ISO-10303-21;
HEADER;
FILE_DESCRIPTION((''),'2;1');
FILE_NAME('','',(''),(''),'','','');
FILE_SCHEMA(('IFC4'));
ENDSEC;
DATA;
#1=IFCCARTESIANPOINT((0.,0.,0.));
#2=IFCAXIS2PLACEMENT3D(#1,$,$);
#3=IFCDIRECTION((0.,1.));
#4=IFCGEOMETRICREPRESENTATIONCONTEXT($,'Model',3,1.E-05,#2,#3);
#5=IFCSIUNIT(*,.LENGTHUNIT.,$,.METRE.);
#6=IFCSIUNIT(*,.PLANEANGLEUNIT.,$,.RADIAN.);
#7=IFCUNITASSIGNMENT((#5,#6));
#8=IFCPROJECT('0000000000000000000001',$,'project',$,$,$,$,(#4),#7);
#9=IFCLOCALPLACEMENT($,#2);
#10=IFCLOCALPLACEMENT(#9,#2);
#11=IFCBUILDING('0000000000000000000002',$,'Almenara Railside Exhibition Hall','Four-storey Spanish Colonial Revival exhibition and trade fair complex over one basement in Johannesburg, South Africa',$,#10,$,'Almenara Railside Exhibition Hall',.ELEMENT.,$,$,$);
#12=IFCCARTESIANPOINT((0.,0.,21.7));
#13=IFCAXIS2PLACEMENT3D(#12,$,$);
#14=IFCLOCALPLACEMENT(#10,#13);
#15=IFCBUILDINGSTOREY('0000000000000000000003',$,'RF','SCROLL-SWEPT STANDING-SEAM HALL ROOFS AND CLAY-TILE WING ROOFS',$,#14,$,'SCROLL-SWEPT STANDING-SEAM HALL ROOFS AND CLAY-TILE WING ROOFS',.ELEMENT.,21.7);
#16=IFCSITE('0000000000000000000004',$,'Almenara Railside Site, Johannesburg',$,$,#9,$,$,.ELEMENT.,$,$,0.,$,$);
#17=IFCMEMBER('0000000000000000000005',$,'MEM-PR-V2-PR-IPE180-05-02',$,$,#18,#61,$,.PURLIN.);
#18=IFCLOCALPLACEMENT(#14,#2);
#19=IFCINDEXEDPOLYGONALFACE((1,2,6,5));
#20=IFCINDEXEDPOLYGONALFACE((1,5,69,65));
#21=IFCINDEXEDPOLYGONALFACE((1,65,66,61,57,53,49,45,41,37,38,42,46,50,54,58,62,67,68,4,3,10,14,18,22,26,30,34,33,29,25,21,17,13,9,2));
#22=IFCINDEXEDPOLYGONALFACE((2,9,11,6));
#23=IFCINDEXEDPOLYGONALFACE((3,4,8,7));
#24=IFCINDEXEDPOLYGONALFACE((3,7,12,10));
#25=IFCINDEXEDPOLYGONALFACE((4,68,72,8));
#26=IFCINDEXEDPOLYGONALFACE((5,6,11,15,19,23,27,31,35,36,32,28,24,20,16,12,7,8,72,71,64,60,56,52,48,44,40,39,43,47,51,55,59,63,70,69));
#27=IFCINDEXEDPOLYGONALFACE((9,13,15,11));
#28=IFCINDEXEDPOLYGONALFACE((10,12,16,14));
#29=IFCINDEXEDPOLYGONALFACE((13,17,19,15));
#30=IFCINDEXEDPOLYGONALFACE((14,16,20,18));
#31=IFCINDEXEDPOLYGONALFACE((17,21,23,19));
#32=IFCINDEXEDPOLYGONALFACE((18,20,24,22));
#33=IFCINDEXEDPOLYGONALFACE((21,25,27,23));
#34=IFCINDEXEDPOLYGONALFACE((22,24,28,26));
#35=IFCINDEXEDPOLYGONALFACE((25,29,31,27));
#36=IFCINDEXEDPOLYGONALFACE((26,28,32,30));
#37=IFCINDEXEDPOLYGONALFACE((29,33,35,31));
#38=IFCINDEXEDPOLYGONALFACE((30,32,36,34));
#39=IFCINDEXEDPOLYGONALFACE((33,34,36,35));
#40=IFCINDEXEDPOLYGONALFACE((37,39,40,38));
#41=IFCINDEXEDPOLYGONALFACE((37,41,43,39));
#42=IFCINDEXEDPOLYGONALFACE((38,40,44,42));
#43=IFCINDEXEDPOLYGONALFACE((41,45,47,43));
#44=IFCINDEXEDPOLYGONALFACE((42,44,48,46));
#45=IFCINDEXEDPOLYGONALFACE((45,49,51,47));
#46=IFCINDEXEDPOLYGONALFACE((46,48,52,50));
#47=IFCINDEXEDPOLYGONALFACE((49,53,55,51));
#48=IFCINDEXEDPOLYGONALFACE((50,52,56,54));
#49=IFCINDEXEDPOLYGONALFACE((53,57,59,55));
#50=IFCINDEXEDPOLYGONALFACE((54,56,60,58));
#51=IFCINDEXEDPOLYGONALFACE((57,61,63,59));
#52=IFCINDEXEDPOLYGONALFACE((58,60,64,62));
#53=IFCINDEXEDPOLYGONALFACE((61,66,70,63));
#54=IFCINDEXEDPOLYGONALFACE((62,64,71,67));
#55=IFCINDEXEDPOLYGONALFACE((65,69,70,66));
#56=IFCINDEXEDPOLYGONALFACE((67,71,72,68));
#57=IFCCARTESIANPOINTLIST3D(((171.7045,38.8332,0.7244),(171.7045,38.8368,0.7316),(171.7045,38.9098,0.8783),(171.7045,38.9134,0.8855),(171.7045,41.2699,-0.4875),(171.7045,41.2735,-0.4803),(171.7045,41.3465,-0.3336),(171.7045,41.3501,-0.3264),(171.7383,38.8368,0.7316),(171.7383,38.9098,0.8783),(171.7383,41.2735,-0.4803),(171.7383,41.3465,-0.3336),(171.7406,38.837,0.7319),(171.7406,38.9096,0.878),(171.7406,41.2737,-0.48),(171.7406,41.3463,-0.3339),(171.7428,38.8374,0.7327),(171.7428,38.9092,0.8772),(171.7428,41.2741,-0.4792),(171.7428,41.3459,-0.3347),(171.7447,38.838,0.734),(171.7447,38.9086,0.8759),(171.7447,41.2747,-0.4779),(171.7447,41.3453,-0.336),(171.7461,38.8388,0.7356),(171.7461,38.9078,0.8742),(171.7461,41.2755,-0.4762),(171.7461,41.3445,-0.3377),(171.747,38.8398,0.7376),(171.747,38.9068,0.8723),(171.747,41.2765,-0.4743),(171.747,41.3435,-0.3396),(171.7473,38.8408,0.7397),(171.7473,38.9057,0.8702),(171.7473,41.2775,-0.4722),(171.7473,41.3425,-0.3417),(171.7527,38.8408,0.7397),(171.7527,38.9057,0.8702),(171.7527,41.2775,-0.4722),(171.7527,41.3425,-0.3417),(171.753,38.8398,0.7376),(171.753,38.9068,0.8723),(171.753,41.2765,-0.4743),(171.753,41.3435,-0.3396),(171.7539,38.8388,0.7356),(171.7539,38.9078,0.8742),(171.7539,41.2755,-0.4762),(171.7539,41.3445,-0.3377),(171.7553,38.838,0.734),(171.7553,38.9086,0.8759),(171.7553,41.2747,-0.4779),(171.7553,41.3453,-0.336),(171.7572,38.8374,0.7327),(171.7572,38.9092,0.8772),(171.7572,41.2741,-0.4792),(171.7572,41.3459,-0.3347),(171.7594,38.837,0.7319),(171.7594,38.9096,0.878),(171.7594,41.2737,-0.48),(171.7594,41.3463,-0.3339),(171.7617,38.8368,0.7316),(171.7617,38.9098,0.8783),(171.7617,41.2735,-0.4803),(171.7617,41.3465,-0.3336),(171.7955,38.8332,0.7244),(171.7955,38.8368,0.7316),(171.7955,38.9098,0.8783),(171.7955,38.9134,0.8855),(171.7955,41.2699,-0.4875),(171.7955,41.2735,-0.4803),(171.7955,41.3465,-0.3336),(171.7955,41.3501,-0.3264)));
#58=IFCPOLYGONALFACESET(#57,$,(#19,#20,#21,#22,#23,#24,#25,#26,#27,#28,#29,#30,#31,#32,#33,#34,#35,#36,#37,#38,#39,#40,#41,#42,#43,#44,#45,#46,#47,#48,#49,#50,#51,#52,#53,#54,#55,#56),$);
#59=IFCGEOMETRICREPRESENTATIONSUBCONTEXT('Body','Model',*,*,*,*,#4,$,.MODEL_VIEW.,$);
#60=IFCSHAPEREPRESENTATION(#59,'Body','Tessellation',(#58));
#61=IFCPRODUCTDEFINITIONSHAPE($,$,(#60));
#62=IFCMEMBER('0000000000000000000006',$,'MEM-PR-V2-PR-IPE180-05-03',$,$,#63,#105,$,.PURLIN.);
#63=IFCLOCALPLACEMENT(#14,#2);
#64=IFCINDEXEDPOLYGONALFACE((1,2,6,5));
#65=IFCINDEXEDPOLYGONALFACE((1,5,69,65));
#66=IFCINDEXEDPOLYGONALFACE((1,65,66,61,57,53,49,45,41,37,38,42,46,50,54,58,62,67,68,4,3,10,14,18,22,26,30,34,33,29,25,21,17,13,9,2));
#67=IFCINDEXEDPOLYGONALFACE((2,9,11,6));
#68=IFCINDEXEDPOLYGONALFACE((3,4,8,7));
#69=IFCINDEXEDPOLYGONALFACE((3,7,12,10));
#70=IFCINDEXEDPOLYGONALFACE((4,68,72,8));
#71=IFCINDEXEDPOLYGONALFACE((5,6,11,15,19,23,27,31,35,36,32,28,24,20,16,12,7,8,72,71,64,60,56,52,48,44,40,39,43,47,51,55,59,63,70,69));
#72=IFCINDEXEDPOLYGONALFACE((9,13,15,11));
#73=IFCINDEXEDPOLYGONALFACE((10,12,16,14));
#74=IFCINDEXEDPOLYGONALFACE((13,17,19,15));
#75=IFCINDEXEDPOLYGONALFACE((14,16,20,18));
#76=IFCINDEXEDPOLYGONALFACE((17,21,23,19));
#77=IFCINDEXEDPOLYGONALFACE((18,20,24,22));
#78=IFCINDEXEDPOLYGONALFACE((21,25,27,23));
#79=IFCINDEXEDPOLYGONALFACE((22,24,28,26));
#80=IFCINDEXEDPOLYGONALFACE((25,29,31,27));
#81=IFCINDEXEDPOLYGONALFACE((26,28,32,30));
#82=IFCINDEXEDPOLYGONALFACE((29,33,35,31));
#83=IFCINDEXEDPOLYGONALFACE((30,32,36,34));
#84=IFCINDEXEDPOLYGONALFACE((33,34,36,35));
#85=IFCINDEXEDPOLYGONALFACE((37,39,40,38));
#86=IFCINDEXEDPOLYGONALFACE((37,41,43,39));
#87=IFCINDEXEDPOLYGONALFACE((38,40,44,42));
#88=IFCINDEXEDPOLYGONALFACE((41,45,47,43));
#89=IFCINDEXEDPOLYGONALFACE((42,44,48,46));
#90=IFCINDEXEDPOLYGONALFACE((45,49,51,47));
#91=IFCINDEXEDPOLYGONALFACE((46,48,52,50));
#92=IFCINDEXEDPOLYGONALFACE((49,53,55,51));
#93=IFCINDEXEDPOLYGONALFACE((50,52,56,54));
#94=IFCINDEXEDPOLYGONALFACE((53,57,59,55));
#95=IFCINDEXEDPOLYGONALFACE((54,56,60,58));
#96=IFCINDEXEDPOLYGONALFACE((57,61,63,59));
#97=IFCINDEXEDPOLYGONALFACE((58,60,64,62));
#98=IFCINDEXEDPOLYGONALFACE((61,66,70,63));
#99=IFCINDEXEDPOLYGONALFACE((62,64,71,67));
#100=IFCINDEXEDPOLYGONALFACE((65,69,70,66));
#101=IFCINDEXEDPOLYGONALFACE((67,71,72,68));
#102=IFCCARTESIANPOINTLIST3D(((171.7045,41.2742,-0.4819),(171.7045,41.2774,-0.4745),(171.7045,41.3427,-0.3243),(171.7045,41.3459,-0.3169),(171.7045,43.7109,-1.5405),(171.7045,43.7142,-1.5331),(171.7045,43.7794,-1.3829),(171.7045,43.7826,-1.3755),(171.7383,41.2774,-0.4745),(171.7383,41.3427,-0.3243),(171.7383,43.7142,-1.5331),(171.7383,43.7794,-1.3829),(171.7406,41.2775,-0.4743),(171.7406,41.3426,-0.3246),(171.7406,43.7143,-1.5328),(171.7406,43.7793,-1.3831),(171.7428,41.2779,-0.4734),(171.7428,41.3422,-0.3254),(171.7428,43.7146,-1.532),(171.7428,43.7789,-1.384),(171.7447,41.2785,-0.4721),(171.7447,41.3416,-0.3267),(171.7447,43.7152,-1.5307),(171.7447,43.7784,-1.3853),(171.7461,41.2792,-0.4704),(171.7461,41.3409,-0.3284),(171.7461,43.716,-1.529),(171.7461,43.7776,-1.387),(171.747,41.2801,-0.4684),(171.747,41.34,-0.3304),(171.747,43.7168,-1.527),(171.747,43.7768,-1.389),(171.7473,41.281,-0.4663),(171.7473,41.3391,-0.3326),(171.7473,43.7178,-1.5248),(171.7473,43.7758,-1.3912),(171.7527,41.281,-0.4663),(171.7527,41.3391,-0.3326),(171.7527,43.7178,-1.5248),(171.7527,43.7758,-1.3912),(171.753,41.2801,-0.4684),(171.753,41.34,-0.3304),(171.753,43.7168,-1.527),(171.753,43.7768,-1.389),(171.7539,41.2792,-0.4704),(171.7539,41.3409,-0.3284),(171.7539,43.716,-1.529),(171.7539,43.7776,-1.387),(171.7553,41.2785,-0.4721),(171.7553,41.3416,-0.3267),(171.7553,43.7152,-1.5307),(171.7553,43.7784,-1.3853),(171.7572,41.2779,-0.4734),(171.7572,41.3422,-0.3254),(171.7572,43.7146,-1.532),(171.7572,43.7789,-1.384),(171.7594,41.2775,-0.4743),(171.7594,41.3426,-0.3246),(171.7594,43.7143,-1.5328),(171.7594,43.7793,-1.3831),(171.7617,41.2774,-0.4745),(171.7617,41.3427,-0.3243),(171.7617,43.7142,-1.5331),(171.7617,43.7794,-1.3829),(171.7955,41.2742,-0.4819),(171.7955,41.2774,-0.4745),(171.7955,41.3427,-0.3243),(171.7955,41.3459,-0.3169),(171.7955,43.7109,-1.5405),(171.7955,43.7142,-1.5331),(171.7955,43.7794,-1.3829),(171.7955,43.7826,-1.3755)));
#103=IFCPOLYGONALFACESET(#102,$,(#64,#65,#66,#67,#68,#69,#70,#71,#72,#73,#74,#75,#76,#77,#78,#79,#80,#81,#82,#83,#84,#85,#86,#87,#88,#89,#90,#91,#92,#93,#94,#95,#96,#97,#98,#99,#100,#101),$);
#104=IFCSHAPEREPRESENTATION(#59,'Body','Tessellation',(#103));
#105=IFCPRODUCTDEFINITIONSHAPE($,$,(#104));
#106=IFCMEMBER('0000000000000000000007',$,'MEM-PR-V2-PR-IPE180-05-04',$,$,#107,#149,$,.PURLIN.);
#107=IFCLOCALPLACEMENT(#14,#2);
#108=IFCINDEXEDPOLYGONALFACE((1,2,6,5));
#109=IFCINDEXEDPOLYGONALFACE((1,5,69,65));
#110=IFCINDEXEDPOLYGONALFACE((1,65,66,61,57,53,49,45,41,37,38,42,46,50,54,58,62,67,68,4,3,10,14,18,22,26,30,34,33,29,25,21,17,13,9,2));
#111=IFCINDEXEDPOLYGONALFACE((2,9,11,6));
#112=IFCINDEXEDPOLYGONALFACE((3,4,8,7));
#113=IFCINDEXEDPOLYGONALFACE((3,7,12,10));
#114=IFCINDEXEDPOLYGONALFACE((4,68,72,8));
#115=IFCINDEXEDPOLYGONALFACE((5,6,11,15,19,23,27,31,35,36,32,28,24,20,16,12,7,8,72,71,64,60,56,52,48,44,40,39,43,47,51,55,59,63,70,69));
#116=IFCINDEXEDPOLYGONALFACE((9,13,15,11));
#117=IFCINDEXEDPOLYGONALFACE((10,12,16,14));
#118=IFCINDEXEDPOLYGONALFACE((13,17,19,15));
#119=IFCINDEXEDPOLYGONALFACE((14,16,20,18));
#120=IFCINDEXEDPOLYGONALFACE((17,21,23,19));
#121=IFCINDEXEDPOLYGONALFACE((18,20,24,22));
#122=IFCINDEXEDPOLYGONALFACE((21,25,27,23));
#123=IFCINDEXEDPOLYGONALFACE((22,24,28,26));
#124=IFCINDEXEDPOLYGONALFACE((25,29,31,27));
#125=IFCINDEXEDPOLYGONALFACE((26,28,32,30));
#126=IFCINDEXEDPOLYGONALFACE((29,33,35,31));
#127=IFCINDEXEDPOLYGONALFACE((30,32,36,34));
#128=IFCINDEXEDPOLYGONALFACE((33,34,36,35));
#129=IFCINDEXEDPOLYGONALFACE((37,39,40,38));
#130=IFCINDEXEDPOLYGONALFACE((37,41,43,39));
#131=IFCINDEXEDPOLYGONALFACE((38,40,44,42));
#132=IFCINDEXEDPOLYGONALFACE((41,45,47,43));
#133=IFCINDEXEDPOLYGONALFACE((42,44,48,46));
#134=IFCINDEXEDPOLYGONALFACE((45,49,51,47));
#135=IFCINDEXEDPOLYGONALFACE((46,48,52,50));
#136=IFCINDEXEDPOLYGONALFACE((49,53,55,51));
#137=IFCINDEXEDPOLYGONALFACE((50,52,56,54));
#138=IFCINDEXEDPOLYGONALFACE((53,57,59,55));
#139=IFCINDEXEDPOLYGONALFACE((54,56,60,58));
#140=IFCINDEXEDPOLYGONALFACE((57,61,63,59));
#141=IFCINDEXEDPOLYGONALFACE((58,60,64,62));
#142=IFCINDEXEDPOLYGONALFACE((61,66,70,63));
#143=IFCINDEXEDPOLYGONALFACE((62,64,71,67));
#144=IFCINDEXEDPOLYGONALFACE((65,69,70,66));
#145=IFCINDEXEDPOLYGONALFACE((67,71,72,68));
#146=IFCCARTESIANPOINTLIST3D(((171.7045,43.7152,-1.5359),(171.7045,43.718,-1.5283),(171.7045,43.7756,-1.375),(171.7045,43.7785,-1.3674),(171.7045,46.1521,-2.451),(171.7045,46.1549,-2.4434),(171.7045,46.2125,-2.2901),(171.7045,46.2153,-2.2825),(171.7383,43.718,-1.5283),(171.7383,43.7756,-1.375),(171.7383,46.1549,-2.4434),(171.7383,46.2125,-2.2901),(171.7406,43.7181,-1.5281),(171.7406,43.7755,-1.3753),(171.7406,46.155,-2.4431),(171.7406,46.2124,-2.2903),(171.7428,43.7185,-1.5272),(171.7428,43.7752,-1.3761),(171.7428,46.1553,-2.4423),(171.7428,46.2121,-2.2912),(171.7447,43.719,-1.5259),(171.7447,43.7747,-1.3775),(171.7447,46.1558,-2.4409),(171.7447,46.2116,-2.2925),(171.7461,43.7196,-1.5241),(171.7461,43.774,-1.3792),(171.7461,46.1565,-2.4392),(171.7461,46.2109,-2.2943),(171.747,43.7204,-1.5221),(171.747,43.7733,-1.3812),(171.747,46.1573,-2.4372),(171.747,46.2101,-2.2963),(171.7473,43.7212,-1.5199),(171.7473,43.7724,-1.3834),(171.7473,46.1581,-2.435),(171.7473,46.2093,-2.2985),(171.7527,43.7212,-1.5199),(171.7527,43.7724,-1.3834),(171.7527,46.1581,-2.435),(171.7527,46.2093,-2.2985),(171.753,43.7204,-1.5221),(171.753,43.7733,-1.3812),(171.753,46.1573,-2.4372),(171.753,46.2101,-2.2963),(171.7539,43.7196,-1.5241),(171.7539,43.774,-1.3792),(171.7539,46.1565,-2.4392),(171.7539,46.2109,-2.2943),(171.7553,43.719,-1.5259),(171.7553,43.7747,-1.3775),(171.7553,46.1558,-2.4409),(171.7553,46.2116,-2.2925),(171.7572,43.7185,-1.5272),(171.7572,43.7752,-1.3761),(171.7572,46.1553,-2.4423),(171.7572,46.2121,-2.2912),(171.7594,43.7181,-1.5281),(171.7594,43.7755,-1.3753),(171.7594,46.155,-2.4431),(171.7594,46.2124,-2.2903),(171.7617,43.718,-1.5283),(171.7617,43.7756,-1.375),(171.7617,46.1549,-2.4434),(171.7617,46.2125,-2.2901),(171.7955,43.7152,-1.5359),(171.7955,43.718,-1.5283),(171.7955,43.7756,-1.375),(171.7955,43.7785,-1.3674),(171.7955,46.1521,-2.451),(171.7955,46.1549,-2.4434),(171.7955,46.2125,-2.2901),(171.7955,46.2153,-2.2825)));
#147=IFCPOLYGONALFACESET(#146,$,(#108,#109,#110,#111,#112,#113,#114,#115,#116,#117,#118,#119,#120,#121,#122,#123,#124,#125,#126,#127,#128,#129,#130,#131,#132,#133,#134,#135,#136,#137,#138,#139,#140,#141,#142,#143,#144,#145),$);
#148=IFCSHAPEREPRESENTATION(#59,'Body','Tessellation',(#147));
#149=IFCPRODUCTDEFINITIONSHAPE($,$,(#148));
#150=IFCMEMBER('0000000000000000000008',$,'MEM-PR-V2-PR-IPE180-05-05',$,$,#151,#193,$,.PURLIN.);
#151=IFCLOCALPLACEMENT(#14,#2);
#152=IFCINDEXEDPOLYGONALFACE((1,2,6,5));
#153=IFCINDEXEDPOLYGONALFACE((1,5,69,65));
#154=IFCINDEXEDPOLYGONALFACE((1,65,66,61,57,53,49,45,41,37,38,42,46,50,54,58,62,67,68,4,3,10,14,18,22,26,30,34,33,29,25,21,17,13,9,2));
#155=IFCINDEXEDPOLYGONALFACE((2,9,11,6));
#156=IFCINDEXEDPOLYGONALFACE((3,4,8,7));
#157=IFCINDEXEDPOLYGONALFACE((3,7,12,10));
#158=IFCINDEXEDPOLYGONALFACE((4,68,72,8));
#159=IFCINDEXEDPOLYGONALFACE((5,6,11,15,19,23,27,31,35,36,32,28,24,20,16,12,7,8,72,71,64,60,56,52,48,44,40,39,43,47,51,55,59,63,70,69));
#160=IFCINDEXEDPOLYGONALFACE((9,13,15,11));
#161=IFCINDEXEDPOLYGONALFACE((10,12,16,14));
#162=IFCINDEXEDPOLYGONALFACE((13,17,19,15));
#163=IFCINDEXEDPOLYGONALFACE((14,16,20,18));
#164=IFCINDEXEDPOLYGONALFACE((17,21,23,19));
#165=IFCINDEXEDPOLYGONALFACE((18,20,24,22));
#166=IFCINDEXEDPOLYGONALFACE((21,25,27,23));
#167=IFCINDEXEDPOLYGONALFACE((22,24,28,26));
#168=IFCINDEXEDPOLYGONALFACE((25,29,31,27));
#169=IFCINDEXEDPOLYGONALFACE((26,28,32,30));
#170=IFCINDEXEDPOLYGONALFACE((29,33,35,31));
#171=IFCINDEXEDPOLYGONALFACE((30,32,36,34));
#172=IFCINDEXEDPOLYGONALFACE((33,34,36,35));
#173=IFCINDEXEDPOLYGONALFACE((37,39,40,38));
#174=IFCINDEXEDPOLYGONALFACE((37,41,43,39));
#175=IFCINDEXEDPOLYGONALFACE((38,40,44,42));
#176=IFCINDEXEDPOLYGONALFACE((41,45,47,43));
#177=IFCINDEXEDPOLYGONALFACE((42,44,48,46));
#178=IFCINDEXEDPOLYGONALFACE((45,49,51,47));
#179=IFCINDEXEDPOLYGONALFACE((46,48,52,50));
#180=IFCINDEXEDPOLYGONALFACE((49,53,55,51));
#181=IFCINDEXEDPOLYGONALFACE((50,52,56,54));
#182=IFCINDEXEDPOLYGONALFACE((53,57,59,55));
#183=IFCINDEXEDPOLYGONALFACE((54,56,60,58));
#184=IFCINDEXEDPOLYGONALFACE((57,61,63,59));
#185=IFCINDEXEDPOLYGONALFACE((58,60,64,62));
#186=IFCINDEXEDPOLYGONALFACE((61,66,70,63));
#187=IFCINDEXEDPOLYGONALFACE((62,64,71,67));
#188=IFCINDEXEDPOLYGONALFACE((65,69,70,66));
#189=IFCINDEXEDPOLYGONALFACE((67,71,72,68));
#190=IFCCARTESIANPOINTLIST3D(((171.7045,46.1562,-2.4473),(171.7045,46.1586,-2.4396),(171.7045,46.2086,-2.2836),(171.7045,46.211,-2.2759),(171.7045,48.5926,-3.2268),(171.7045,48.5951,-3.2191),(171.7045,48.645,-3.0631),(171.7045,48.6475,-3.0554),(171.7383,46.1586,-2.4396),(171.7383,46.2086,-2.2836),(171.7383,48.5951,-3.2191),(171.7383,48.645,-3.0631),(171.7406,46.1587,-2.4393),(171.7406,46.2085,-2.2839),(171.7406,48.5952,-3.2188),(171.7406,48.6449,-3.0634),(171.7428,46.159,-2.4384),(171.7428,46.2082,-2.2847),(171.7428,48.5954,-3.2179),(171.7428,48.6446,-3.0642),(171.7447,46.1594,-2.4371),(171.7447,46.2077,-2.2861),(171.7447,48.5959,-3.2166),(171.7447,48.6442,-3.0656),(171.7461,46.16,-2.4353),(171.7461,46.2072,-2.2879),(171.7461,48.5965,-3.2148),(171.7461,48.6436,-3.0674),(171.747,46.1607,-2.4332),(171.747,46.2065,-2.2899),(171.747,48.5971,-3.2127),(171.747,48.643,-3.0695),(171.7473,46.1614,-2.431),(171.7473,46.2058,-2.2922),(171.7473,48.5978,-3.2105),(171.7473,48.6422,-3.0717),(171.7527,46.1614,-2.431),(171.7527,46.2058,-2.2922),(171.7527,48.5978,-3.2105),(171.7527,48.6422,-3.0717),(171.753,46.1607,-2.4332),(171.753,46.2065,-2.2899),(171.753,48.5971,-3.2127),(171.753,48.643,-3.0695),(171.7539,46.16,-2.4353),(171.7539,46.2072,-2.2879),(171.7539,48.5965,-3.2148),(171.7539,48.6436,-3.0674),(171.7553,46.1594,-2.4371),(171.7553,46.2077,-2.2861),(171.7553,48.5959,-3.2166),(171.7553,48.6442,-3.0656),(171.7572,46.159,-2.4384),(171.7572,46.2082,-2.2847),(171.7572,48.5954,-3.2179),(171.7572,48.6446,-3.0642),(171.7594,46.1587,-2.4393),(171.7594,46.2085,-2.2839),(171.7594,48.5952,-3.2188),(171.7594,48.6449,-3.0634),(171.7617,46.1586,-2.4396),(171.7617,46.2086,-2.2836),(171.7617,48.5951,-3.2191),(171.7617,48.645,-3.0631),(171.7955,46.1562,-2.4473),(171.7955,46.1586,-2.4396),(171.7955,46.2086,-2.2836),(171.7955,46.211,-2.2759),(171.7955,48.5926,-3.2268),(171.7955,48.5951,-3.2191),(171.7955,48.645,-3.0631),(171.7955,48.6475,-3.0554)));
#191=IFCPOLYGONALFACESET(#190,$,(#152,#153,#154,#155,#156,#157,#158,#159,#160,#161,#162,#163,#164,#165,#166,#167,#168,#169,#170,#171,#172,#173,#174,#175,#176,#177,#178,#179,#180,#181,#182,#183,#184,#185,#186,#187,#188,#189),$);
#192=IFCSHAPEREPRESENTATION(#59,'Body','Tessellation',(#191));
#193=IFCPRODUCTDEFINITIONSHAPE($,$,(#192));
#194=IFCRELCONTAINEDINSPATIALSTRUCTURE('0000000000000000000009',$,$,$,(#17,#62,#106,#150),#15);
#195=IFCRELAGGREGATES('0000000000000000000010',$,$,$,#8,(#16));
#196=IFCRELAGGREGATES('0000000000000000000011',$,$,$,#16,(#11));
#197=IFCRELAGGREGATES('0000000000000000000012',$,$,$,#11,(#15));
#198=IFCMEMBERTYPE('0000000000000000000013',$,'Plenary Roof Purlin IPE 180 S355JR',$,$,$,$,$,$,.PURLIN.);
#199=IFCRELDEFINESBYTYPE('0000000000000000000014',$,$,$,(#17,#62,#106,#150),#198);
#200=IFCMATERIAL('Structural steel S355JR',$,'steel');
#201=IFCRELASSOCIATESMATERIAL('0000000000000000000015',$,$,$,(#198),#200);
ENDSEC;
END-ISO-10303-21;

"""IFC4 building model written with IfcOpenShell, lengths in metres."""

from ifc_helpers import new_model, si_unit, direction, frame, origin, origin_2d, place, context, subcontext, project, spatial, i_section, extrude, material, material_profile, profile_set, type_object, element, save


model = new_model("IFC4")

# Units and contexts
model_context = context("Model", 3, precision=1e-05, world=origin(), true_north=direction((0.0, 1.0)))
body_context = subcontext(model_context, "Body", "Model", "MODEL_VIEW")
ifc_project = project(units=[si_unit("LENGTHUNIT", "METRE"), si_unit("PLANEANGLEUNIT", "RADIAN")], contexts=[model_context])

# Site, building, storey
site_placement = place(None, origin())
site = spatial("IfcSite", under=ifc_project, at=site_placement, Name="Almenara Railside Site, Johannesburg", CompositionType="ELEMENT", RefElevation=0.0)
building_placement = place(site_placement, origin())
building = spatial("IfcBuilding", under=site, at=building_placement, Name="Almenara Railside Exhibition Hall", Description="Four-storey Spanish Colonial Revival exhibition and trade fair complex over one basement in Johannesburg, South Africa", LongName="Almenara Railside Exhibition Hall", CompositionType="ELEMENT")
storey_placement = place(building_placement, frame((0.0, 0.0, 21.7)))
storey = spatial("IfcBuildingStorey", under=building, at=storey_placement, Name="RF", Description="SCROLL-SWEPT STANDING-SEAM HALL ROOFS AND CLAY-TILE WING ROOFS", LongName="SCROLL-SWEPT STANDING-SEAM HALL ROOFS AND CLAY-TILE WING ROOFS", CompositionType="ELEMENT", Elevation=21.7)

# Members
ifc_material_1 = material(Name="Structural steel S355JR", Category="steel")
ifc_material_profile_1 = material_profile(ifc_material_1, i_section(OverallWidth=0.0911, OverallDepth=0.1799, WebThickness=0.0054, FlangeThickness=0.0081, FilletRadius=0.009, at=origin_2d()), Name="IPE 180")
ifc_profile_set_1 = profile_set([ifc_material_profile_1], Name="Structural steel S355JR")
member_type_1 = type_object("IfcMemberType", Name="Plenary Roof Purlin IPE 180 S355JR", PredefinedType="PURLIN", material=ifc_profile_set_1)
member_1_placement = place(storey_placement, frame((171.75, 38.8733, 0.8049), z_axis=(0.0, 0.895376, -0.445311), x_axis=(-1.0, 0.0, 0.0)))
element("IfcMember", 1, at=member_1_placement, inside=storey, type_object=member_type_1, Name="MEM-PR-V2-PR-IPE180-05-02", PredefinedType="PURLIN", context=body_context, shape_type="SweptSolid", body=[
    extrude(i_section(OverallWidth=0.0911, OverallDepth=0.1799, WebThickness=0.0054, FlangeThickness=0.0081, FilletRadius=0.009, at=origin_2d()), origin(), (0.0, 0.0, 1.0), 2.7214),
])
member_2_placement = place(storey_placement, frame((171.75, 41.3101, -0.3994), z_axis=(0.0, 0.91719, -0.398451), x_axis=(-1.0, 0.0, 0.0)))
element("IfcMember", 2, at=member_2_placement, inside=storey, type_object=member_type_1, Name="MEM-PR-V2-PR-IPE180-05-03", PredefinedType="PURLIN", context=body_context, shape_type="SweptSolid", body=[
    extrude(i_section(OverallWidth=0.0911, OverallDepth=0.1799, WebThickness=0.0054, FlangeThickness=0.0081, FilletRadius=0.009, at=origin_2d()), origin(), (0.0, 0.0, 1.0), 2.6567),
])
member_3_placement = place(storey_placement, frame((171.75, 43.7468, -1.4517), z_axis=(0.0, 0.936171, -0.351545), x_axis=(-1.0, 0.0, 0.0)))
element("IfcMember", 3, at=member_3_placement, inside=storey, type_object=member_type_1, Name="MEM-PR-V2-PR-IPE180-05-04", PredefinedType="PURLIN", context=body_context, shape_type="SweptSolid", body=[
    extrude(i_section(OverallWidth=0.0911, OverallDepth=0.1799, WebThickness=0.0054, FlangeThickness=0.0081, FilletRadius=0.009, at=origin_2d()), origin(), (0.0, 0.0, 1.0), 2.603),
])
member_4_placement = place(storey_placement, frame((171.75, 46.1836, -2.3616), z_axis=(0.0, 0.952441, -0.304724), x_axis=(-1.0, 0.0, 0.0)))
element("IfcMember", 4, at=member_4_placement, inside=storey, type_object=member_type_1, Name="MEM-PR-V2-PR-IPE180-05-05", PredefinedType="PURLIN", context=body_context, shape_type="SweptSolid", body=[
    extrude(i_section(OverallWidth=0.0911, OverallDepth=0.1799, WebThickness=0.0054, FlangeThickness=0.0081, FilletRadius=0.009, at=origin_2d()), origin(), (0.0, 0.0, 1.0), 2.5581),
])

save(model, "model.ifc")
